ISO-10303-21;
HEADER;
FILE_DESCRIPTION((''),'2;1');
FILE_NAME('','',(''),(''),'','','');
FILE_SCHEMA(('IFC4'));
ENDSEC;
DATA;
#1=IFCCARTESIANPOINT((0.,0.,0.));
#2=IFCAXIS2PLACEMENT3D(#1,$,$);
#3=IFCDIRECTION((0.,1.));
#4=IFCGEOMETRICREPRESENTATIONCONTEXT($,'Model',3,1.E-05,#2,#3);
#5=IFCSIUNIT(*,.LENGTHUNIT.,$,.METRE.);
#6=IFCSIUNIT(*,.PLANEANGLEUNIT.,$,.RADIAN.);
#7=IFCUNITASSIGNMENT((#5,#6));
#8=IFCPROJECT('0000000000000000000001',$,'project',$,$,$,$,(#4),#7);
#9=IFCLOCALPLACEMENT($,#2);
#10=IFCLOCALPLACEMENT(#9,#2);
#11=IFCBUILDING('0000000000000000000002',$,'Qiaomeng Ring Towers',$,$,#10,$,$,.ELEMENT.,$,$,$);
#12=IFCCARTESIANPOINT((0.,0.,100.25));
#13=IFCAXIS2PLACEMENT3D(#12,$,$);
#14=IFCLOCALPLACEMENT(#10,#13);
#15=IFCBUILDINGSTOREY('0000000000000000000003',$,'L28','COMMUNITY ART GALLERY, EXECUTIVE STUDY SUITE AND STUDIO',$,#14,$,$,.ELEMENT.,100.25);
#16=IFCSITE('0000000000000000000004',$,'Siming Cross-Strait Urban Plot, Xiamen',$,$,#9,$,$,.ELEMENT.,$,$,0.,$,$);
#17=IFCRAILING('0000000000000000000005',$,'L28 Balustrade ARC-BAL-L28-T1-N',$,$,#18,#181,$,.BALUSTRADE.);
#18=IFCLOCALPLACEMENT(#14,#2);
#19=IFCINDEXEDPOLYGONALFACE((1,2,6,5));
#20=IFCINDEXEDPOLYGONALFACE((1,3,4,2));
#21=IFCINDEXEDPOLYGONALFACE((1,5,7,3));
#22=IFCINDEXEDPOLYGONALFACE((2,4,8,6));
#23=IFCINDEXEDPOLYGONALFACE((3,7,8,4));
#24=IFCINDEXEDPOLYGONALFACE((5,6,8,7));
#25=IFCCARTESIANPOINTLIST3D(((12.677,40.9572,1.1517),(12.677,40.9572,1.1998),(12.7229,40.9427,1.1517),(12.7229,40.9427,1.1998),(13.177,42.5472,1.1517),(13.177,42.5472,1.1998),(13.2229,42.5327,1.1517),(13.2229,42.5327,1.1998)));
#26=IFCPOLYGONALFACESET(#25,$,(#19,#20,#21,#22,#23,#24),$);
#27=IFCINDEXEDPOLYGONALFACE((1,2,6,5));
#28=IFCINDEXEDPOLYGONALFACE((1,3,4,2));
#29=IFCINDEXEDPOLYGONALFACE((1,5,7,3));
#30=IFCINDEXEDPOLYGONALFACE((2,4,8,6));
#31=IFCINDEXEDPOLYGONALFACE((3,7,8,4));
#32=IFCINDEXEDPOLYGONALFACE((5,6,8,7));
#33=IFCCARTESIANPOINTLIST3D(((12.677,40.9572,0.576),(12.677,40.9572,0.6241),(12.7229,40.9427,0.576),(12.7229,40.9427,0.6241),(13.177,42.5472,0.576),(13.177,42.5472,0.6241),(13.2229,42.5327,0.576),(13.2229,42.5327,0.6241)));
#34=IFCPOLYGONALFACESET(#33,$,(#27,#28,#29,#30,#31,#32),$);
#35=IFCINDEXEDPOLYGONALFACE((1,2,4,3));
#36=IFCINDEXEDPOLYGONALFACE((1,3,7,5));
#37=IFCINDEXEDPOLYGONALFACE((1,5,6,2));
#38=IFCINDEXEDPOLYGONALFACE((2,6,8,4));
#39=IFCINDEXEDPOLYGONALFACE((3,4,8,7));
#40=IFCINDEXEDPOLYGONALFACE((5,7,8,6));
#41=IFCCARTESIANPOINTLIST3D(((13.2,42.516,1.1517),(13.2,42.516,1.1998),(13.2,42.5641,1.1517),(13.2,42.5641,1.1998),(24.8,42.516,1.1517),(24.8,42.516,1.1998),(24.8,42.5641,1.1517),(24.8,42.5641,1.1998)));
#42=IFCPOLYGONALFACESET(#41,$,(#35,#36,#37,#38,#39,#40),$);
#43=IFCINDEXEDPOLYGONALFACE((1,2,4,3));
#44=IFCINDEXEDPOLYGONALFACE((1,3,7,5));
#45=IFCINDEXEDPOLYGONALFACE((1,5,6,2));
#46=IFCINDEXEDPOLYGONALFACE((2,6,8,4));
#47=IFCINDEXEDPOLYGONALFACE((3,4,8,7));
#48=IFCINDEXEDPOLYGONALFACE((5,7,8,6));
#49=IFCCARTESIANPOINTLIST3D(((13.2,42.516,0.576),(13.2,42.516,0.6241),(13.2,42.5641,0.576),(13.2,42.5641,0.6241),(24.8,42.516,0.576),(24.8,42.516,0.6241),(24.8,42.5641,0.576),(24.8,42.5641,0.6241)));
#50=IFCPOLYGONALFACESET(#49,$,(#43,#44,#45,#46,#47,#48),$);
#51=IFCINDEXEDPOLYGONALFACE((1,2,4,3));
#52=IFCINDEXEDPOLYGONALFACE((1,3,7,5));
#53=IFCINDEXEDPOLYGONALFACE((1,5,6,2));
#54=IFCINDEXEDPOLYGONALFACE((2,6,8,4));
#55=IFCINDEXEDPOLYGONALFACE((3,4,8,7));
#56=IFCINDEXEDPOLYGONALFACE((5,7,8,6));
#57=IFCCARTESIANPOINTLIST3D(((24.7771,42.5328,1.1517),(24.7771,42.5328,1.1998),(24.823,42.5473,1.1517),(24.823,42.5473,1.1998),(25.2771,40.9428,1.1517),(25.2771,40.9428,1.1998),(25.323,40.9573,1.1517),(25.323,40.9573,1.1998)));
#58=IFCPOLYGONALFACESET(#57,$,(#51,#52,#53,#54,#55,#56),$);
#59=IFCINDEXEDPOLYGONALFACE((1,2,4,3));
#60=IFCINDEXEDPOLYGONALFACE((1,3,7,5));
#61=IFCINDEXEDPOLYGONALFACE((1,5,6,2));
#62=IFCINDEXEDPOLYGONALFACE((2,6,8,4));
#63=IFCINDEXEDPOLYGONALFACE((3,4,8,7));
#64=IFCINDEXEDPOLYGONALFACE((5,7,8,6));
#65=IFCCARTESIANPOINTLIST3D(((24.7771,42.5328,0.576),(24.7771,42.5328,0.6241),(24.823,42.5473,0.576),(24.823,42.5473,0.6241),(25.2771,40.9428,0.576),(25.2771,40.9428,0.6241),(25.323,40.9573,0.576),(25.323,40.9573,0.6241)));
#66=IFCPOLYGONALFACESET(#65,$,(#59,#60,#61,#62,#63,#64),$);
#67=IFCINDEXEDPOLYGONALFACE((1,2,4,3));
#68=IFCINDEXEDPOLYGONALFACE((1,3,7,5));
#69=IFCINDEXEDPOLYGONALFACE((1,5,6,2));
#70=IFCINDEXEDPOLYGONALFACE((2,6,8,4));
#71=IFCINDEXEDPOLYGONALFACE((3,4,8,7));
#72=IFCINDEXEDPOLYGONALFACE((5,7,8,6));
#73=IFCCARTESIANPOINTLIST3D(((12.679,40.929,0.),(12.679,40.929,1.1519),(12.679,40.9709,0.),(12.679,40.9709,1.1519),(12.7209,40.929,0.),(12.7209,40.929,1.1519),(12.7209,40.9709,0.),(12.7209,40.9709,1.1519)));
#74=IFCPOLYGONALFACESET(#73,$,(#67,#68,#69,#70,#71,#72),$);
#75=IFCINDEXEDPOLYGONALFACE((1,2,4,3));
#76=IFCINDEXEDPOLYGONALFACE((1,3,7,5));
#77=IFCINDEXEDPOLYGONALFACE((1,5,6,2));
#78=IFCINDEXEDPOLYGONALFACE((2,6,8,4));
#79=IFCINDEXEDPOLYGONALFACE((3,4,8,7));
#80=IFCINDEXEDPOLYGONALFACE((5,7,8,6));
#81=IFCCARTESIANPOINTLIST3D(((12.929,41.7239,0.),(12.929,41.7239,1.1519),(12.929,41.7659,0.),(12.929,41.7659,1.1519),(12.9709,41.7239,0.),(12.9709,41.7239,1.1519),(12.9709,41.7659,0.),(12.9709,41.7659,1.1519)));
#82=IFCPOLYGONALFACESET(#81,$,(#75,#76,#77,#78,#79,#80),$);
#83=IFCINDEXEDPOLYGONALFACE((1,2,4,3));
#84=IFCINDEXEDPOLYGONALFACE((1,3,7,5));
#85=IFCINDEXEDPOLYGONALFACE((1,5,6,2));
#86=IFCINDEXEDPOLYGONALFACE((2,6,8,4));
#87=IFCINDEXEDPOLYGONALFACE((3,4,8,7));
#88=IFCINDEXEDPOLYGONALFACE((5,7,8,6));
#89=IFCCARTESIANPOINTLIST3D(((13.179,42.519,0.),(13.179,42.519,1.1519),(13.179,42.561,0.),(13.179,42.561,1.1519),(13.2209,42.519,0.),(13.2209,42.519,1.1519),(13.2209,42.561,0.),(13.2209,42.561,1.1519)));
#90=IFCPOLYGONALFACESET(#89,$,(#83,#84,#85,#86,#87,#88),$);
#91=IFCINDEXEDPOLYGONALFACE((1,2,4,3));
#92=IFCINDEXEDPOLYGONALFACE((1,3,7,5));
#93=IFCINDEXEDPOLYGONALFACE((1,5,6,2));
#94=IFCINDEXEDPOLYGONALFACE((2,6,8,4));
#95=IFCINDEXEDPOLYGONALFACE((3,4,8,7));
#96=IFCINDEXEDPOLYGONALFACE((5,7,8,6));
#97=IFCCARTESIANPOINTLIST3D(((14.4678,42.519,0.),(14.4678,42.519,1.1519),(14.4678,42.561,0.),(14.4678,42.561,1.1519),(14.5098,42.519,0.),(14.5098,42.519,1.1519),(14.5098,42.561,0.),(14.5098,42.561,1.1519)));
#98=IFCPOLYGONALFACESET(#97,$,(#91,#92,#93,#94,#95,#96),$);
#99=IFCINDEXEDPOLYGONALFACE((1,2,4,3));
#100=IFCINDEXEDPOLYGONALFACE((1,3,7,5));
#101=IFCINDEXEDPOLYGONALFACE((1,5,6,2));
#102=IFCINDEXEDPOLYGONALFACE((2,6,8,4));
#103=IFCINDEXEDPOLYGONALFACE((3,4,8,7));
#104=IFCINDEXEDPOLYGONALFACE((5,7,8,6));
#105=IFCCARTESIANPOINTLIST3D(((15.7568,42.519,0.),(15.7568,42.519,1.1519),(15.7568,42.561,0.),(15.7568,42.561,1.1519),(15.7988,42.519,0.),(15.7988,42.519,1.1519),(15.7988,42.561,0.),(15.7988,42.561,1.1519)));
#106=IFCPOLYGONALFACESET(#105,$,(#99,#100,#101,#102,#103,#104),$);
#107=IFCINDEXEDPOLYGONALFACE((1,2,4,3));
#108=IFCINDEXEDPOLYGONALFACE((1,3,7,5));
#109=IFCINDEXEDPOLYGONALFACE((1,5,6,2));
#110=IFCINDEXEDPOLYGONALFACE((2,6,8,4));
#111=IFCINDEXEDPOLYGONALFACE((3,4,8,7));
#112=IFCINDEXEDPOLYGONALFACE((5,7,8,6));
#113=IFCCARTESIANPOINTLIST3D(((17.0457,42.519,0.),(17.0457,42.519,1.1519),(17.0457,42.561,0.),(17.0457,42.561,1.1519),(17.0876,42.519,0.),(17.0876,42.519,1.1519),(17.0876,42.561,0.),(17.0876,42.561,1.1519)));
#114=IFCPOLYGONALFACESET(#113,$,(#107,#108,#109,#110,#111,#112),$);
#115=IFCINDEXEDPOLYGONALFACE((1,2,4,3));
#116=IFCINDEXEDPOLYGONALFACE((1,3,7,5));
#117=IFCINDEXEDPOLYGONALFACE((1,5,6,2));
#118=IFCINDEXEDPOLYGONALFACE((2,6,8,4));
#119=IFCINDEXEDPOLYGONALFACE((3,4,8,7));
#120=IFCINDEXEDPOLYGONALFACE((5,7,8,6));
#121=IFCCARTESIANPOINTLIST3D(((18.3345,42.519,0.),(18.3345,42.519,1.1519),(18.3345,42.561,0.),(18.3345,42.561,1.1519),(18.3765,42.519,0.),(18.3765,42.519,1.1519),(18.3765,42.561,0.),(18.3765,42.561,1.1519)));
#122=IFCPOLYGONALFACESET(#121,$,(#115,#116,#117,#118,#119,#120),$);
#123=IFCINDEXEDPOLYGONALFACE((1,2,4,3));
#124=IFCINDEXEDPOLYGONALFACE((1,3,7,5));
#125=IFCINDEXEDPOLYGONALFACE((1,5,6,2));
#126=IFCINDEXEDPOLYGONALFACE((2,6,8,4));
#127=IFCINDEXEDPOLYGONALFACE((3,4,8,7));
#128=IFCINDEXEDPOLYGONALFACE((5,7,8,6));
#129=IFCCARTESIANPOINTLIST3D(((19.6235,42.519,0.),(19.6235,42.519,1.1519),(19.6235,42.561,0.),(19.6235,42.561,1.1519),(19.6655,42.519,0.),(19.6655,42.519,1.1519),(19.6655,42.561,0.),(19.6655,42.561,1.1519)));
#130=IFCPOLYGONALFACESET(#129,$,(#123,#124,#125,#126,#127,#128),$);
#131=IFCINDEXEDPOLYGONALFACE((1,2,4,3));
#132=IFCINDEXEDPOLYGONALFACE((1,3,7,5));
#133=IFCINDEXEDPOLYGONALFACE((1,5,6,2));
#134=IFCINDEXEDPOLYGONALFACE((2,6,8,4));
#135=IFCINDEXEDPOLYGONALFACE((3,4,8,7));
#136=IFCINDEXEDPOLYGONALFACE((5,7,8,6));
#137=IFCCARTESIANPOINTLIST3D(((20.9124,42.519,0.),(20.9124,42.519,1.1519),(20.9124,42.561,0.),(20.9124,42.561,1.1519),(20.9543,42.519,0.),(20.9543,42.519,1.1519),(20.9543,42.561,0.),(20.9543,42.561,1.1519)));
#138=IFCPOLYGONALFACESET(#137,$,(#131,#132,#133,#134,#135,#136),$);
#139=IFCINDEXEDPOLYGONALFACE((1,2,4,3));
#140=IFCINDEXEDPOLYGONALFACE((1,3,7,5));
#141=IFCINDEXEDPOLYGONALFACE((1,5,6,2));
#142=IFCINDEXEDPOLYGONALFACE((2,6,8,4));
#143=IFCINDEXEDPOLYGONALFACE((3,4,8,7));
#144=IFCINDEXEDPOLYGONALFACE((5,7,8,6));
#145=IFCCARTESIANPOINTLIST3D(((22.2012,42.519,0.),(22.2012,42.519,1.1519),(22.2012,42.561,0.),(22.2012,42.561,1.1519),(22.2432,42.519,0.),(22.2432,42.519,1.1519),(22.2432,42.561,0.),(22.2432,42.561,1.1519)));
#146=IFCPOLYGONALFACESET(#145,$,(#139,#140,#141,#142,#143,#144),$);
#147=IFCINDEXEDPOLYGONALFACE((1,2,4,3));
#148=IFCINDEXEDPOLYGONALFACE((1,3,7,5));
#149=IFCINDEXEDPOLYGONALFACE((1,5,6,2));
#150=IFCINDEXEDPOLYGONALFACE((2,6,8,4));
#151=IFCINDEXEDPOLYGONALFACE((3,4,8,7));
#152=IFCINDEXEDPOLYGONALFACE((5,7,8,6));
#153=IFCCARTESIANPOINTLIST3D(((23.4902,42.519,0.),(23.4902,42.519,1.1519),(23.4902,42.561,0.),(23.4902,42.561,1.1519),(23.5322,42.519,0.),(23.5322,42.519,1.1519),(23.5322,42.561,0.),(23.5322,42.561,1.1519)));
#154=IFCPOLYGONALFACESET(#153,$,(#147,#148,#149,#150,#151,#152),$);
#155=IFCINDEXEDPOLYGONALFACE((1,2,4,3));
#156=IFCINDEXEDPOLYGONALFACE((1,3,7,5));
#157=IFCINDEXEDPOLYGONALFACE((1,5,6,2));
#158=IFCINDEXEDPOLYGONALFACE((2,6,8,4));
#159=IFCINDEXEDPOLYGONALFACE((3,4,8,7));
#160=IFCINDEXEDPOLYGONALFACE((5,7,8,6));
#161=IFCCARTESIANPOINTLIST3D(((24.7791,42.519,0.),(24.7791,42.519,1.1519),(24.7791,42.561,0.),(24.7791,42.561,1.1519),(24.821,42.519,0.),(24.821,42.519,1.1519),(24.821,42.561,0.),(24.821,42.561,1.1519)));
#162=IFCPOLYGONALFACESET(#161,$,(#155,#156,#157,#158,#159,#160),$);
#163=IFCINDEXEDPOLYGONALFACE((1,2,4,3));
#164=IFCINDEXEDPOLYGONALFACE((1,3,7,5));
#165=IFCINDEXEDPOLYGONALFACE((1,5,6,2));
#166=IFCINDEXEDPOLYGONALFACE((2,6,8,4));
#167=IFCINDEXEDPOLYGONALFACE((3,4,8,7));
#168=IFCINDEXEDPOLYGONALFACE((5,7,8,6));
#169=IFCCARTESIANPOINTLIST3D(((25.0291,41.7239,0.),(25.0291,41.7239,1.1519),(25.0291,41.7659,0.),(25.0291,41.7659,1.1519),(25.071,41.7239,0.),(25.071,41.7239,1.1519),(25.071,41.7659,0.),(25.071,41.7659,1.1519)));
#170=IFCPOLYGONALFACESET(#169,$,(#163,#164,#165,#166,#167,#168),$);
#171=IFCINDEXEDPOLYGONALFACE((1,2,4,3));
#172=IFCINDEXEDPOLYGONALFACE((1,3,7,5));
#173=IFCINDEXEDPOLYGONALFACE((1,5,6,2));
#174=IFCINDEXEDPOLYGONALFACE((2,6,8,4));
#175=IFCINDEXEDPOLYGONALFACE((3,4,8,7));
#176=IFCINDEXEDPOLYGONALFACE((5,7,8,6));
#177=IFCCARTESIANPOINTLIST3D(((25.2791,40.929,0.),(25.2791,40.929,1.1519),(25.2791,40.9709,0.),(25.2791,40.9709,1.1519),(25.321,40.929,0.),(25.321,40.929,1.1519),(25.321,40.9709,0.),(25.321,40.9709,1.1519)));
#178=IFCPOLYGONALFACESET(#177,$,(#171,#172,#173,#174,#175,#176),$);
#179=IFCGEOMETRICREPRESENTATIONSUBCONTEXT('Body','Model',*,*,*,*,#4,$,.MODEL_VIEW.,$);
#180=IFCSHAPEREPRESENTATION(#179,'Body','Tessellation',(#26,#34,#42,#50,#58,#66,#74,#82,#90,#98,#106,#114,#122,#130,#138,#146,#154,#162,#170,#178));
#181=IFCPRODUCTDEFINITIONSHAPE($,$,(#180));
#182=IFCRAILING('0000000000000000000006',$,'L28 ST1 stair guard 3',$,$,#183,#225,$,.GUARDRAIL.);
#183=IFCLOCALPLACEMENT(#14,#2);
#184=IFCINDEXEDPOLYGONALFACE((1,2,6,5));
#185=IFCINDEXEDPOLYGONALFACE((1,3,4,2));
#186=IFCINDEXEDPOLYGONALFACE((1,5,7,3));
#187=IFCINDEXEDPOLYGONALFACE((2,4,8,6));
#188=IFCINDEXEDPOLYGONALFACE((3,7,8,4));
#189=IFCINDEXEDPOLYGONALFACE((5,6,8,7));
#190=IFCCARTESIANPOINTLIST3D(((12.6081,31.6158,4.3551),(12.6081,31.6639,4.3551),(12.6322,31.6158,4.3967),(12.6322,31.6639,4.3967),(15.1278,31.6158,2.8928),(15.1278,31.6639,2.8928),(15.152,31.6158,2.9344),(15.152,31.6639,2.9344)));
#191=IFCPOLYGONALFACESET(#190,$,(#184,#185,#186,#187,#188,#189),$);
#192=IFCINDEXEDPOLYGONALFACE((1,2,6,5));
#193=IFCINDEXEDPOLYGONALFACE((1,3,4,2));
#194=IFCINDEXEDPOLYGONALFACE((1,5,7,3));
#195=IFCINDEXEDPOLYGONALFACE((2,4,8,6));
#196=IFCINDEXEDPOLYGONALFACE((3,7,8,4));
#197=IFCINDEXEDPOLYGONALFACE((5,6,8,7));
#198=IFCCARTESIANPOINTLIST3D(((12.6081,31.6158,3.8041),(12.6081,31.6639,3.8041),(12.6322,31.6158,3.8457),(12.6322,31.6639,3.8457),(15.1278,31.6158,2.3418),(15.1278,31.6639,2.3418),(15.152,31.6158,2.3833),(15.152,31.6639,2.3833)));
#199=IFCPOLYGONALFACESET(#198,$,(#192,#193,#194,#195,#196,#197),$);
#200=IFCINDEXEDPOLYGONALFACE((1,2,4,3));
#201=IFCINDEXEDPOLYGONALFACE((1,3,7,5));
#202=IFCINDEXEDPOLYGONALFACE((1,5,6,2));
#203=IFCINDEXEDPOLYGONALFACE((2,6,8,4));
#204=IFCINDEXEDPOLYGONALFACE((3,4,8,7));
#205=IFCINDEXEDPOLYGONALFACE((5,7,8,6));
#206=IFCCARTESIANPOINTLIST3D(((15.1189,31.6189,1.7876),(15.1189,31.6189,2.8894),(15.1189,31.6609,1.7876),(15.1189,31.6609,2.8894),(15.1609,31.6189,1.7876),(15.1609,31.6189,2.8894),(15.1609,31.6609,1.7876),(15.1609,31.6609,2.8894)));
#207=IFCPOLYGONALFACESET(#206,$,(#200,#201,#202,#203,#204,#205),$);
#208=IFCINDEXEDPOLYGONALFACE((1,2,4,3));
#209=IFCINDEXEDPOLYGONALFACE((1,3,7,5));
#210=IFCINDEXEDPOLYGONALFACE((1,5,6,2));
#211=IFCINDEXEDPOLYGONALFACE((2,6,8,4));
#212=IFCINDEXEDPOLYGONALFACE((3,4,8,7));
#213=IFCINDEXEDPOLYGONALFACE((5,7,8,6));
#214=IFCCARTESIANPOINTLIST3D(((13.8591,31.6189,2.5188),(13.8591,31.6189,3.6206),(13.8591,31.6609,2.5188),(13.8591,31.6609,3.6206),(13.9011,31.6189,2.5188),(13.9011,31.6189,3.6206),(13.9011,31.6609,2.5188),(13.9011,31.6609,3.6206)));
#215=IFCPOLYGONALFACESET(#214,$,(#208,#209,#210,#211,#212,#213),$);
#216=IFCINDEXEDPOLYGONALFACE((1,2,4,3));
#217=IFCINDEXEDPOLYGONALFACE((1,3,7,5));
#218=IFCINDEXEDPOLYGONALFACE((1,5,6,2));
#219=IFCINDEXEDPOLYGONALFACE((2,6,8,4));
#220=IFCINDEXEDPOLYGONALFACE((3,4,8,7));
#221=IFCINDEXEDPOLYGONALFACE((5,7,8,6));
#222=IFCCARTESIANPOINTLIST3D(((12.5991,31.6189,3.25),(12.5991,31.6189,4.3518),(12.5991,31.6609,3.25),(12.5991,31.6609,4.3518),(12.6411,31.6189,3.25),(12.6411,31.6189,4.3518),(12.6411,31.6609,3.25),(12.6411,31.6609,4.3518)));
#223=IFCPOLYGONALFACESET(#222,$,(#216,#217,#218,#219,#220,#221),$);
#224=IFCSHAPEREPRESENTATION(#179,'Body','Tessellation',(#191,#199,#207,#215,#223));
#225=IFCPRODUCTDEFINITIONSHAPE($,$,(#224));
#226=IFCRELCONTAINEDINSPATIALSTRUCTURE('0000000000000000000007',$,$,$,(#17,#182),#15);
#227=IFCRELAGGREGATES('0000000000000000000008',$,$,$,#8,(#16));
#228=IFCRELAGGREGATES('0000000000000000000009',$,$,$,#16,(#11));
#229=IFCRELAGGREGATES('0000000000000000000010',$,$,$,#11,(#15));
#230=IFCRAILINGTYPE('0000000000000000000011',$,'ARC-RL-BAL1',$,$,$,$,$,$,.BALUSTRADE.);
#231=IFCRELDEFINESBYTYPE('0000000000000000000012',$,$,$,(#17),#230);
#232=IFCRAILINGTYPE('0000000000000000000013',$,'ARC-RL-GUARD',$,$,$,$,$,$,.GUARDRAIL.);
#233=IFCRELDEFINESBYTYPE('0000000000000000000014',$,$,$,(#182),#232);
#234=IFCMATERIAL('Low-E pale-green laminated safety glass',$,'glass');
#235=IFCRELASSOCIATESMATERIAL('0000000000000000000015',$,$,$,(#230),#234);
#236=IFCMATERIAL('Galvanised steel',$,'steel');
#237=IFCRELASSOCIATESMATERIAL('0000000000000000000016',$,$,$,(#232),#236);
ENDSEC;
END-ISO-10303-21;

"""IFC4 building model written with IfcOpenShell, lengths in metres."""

from ifc_helpers import new_model, si_unit, direction, frame, origin, origin_2d, place, context, subcontext, project, spatial, rectangle, extrude, material, type_object, element, save


model = new_model("IFC4")

# Units and contexts
model_context = context("Model", 3, precision=1e-05, world=origin(), true_north=direction((0.0, 1.0)))
body_context = subcontext(model_context, "Body", "Model", "MODEL_VIEW")
ifc_project = project(units=[si_unit("LENGTHUNIT", "METRE"), si_unit("PLANEANGLEUNIT", "RADIAN")], contexts=[model_context])

# Site, building, storey
site_placement = place(None, origin())
site = spatial("IfcSite", under=ifc_project, at=site_placement, Name="Siming Cross-Strait Urban Plot, Xiamen", CompositionType="ELEMENT", RefElevation=0.0)
building_placement = place(site_placement, origin())
building = spatial("IfcBuilding", under=site, at=building_placement, Name="Qiaomeng Ring Towers", CompositionType="ELEMENT")
storey_placement = place(building_placement, frame((0.0, 0.0, 100.25)))
storey = spatial("IfcBuildingStorey", under=building, at=storey_placement, Name="L28", Description="COMMUNITY ART GALLERY, EXECUTIVE STUDY SUITE AND STUDIO", CompositionType="ELEMENT", Elevation=100.25)

# Shared definitions
ifc_material_1 = material(Name="Galvanised steel", Category="steel")

# Railings
ifc_material_2 = material(Name="Low-E pale-green laminated safety glass", Category="glass")
railing_type_1 = type_object("IfcRailingType", Name="ARC-RL-BAL1", PredefinedType="BALUSTRADE", material=ifc_material_2)
railing_1_placement = place(storey_placement, frame((12.7, 40.95, 0.0)))
element("IfcRailing", 1, at=railing_1_placement, inside=storey, type_object=railing_type_1, Name="L28 Balustrade ARC-BAL-L28-T1-N", PredefinedType="BALUSTRADE", context=body_context, shape_type="SweptSolid", body=[
    extrude(rectangle(XDim=0.0481, YDim=0.0481, at=origin_2d()), frame((0.0, 0.0, 1.1758), z_axis=(0.299968, 0.953949, 0.0), x_axis=(-0.953949, 0.299968, 0.0)), (0.0, 0.0, 1.0), 1.6667),
    extrude(rectangle(XDim=0.0481, YDim=0.0481, at=origin_2d()), frame((0.0, 0.0, 0.6001), z_axis=(0.299968, 0.953949, 0.0), x_axis=(-0.953949, 0.299968, 0.0)), (0.0, 0.0, 1.0), 1.6667),
    extrude(rectangle(XDim=0.0481, YDim=0.0481, at=origin_2d()), frame((0.5, 1.5901, 1.1758), z_axis=(1.0, 0.0, 0.0), x_axis=(0.0, 1.0, 0.0)), (0.0, 0.0, 1.0), 11.6001),
    extrude(rectangle(XDim=0.0481, YDim=0.0481, at=origin_2d()), frame((0.5, 1.5901, 0.6001), z_axis=(1.0, 0.0, 0.0), x_axis=(0.0, 1.0, 0.0)), (0.0, 0.0, 1.0), 11.6001),
    extrude(rectangle(XDim=0.0481, YDim=0.0481, at=origin_2d()), frame((12.1001, 1.5901, 1.1758), z_axis=(0.299968, -0.953949, 0.0), x_axis=(0.953949, 0.299968, 0.0)), (0.0, 0.0, 1.0), 1.6667),
    extrude(rectangle(XDim=0.0481, YDim=0.0481, at=origin_2d()), frame((12.1001, 1.5901, 0.6001), z_axis=(0.299968, -0.953949, 0.0), x_axis=(0.953949, 0.299968, 0.0)), (0.0, 0.0, 1.0), 1.6667),
    extrude(rectangle(XDim=0.042, YDim=0.042, at=origin_2d()), origin(), (0.0, 0.0, 1.0), 1.1519),
    extrude(rectangle(XDim=0.042, YDim=0.042, at=origin_2d()), frame((0.25, 0.7949, 0.0)), (0.0, 0.0, 1.0), 1.1519),
    extrude(rectangle(XDim=0.042, YDim=0.042, at=origin_2d()), frame((0.5, 1.5901, 0.0)), (0.0, 0.0, 1.0), 1.1519),
    extrude(rectangle(XDim=0.042, YDim=0.042, at=origin_2d()), frame((1.7888, 1.5901, 0.0)), (0.0, 0.0, 1.0), 1.1519),
    extrude(rectangle(XDim=0.042, YDim=0.042, at=origin_2d()), frame((3.0779, 1.5901, 0.0)), (0.0, 0.0, 1.0), 1.1519),
    extrude(rectangle(XDim=0.042, YDim=0.042, at=origin_2d()), frame((4.3667, 1.5901, 0.0)), (0.0, 0.0, 1.0), 1.1519),
    extrude(rectangle(XDim=0.042, YDim=0.042, at=origin_2d()), frame((5.6555, 1.5901, 0.0)), (0.0, 0.0, 1.0), 1.1519),
    extrude(rectangle(XDim=0.042, YDim=0.042, at=origin_2d()), frame((6.9446, 1.5901, 0.0)), (0.0, 0.0, 1.0), 1.1519),
    extrude(rectangle(XDim=0.042, YDim=0.042, at=origin_2d()), frame((8.2334, 1.5901, 0.0)), (0.0, 0.0, 1.0), 1.1519),
    extrude(rectangle(XDim=0.042, YDim=0.042, at=origin_2d()), frame((9.5222, 1.5901, 0.0)), (0.0, 0.0, 1.0), 1.1519),
    extrude(rectangle(XDim=0.042, YDim=0.042, at=origin_2d()), frame((10.8113, 1.5901, 0.0)), (0.0, 0.0, 1.0), 1.1519),
    extrude(rectangle(XDim=0.042, YDim=0.042, at=origin_2d()), frame((12.1001, 1.5901, 0.0)), (0.0, 0.0, 1.0), 1.1519),
    extrude(rectangle(XDim=0.042, YDim=0.042, at=origin_2d()), frame((12.3501, 0.7949, 0.0)), (0.0, 0.0, 1.0), 1.1519),
    extrude(rectangle(XDim=0.042, YDim=0.042, at=origin_2d()), frame((12.6001, 0.0, 0.0)), (0.0, 0.0, 1.0), 1.1519),
])
railing_type_2 = type_object("IfcRailingType", Name="ARC-RL-GUARD", PredefinedType="GUARDRAIL", material=ifc_material_1)
railing_2_placement = place(storey_placement, frame((15.1399, 31.6399, 1.7876)))
element("IfcRailing", 2, at=railing_2_placement, inside=storey, type_object=railing_type_2, Name="L28 ST1 stair guard 3", PredefinedType="GUARDRAIL", context=body_context, shape_type="SweptSolid", body=[
    extrude(rectangle(XDim=0.0481, YDim=0.0481, at=origin_2d()), frame((0.0, 0.0, 1.126), z_axis=(-0.864892, 0.0, 0.501958), x_axis=(0.0, -1.0, 0.0)), (0.0, 0.0, 1.0), 2.9133),
    extrude(rectangle(XDim=0.0481, YDim=0.0481, at=origin_2d()), frame((0.0, 0.0, 0.575), z_axis=(-0.864892, 0.0, 0.501958), x_axis=(0.0, -1.0, 0.0)), (0.0, 0.0, 1.0), 2.9133),
    extrude(rectangle(XDim=0.042, YDim=0.042, at=origin_2d()), origin(), (0.0, 0.0, 1.0), 1.1018),
    extrude(rectangle(XDim=0.042, YDim=0.042, at=origin_2d()), frame((-1.2598, 0.0, 0.7312)), (0.0, 0.0, 1.0), 1.1018),
    extrude(rectangle(XDim=0.042, YDim=0.042, at=origin_2d()), frame((-2.5198, 0.0, 1.4624)), (0.0, 0.0, 1.0), 1.1018),
])

save(model, "model.ifc")
